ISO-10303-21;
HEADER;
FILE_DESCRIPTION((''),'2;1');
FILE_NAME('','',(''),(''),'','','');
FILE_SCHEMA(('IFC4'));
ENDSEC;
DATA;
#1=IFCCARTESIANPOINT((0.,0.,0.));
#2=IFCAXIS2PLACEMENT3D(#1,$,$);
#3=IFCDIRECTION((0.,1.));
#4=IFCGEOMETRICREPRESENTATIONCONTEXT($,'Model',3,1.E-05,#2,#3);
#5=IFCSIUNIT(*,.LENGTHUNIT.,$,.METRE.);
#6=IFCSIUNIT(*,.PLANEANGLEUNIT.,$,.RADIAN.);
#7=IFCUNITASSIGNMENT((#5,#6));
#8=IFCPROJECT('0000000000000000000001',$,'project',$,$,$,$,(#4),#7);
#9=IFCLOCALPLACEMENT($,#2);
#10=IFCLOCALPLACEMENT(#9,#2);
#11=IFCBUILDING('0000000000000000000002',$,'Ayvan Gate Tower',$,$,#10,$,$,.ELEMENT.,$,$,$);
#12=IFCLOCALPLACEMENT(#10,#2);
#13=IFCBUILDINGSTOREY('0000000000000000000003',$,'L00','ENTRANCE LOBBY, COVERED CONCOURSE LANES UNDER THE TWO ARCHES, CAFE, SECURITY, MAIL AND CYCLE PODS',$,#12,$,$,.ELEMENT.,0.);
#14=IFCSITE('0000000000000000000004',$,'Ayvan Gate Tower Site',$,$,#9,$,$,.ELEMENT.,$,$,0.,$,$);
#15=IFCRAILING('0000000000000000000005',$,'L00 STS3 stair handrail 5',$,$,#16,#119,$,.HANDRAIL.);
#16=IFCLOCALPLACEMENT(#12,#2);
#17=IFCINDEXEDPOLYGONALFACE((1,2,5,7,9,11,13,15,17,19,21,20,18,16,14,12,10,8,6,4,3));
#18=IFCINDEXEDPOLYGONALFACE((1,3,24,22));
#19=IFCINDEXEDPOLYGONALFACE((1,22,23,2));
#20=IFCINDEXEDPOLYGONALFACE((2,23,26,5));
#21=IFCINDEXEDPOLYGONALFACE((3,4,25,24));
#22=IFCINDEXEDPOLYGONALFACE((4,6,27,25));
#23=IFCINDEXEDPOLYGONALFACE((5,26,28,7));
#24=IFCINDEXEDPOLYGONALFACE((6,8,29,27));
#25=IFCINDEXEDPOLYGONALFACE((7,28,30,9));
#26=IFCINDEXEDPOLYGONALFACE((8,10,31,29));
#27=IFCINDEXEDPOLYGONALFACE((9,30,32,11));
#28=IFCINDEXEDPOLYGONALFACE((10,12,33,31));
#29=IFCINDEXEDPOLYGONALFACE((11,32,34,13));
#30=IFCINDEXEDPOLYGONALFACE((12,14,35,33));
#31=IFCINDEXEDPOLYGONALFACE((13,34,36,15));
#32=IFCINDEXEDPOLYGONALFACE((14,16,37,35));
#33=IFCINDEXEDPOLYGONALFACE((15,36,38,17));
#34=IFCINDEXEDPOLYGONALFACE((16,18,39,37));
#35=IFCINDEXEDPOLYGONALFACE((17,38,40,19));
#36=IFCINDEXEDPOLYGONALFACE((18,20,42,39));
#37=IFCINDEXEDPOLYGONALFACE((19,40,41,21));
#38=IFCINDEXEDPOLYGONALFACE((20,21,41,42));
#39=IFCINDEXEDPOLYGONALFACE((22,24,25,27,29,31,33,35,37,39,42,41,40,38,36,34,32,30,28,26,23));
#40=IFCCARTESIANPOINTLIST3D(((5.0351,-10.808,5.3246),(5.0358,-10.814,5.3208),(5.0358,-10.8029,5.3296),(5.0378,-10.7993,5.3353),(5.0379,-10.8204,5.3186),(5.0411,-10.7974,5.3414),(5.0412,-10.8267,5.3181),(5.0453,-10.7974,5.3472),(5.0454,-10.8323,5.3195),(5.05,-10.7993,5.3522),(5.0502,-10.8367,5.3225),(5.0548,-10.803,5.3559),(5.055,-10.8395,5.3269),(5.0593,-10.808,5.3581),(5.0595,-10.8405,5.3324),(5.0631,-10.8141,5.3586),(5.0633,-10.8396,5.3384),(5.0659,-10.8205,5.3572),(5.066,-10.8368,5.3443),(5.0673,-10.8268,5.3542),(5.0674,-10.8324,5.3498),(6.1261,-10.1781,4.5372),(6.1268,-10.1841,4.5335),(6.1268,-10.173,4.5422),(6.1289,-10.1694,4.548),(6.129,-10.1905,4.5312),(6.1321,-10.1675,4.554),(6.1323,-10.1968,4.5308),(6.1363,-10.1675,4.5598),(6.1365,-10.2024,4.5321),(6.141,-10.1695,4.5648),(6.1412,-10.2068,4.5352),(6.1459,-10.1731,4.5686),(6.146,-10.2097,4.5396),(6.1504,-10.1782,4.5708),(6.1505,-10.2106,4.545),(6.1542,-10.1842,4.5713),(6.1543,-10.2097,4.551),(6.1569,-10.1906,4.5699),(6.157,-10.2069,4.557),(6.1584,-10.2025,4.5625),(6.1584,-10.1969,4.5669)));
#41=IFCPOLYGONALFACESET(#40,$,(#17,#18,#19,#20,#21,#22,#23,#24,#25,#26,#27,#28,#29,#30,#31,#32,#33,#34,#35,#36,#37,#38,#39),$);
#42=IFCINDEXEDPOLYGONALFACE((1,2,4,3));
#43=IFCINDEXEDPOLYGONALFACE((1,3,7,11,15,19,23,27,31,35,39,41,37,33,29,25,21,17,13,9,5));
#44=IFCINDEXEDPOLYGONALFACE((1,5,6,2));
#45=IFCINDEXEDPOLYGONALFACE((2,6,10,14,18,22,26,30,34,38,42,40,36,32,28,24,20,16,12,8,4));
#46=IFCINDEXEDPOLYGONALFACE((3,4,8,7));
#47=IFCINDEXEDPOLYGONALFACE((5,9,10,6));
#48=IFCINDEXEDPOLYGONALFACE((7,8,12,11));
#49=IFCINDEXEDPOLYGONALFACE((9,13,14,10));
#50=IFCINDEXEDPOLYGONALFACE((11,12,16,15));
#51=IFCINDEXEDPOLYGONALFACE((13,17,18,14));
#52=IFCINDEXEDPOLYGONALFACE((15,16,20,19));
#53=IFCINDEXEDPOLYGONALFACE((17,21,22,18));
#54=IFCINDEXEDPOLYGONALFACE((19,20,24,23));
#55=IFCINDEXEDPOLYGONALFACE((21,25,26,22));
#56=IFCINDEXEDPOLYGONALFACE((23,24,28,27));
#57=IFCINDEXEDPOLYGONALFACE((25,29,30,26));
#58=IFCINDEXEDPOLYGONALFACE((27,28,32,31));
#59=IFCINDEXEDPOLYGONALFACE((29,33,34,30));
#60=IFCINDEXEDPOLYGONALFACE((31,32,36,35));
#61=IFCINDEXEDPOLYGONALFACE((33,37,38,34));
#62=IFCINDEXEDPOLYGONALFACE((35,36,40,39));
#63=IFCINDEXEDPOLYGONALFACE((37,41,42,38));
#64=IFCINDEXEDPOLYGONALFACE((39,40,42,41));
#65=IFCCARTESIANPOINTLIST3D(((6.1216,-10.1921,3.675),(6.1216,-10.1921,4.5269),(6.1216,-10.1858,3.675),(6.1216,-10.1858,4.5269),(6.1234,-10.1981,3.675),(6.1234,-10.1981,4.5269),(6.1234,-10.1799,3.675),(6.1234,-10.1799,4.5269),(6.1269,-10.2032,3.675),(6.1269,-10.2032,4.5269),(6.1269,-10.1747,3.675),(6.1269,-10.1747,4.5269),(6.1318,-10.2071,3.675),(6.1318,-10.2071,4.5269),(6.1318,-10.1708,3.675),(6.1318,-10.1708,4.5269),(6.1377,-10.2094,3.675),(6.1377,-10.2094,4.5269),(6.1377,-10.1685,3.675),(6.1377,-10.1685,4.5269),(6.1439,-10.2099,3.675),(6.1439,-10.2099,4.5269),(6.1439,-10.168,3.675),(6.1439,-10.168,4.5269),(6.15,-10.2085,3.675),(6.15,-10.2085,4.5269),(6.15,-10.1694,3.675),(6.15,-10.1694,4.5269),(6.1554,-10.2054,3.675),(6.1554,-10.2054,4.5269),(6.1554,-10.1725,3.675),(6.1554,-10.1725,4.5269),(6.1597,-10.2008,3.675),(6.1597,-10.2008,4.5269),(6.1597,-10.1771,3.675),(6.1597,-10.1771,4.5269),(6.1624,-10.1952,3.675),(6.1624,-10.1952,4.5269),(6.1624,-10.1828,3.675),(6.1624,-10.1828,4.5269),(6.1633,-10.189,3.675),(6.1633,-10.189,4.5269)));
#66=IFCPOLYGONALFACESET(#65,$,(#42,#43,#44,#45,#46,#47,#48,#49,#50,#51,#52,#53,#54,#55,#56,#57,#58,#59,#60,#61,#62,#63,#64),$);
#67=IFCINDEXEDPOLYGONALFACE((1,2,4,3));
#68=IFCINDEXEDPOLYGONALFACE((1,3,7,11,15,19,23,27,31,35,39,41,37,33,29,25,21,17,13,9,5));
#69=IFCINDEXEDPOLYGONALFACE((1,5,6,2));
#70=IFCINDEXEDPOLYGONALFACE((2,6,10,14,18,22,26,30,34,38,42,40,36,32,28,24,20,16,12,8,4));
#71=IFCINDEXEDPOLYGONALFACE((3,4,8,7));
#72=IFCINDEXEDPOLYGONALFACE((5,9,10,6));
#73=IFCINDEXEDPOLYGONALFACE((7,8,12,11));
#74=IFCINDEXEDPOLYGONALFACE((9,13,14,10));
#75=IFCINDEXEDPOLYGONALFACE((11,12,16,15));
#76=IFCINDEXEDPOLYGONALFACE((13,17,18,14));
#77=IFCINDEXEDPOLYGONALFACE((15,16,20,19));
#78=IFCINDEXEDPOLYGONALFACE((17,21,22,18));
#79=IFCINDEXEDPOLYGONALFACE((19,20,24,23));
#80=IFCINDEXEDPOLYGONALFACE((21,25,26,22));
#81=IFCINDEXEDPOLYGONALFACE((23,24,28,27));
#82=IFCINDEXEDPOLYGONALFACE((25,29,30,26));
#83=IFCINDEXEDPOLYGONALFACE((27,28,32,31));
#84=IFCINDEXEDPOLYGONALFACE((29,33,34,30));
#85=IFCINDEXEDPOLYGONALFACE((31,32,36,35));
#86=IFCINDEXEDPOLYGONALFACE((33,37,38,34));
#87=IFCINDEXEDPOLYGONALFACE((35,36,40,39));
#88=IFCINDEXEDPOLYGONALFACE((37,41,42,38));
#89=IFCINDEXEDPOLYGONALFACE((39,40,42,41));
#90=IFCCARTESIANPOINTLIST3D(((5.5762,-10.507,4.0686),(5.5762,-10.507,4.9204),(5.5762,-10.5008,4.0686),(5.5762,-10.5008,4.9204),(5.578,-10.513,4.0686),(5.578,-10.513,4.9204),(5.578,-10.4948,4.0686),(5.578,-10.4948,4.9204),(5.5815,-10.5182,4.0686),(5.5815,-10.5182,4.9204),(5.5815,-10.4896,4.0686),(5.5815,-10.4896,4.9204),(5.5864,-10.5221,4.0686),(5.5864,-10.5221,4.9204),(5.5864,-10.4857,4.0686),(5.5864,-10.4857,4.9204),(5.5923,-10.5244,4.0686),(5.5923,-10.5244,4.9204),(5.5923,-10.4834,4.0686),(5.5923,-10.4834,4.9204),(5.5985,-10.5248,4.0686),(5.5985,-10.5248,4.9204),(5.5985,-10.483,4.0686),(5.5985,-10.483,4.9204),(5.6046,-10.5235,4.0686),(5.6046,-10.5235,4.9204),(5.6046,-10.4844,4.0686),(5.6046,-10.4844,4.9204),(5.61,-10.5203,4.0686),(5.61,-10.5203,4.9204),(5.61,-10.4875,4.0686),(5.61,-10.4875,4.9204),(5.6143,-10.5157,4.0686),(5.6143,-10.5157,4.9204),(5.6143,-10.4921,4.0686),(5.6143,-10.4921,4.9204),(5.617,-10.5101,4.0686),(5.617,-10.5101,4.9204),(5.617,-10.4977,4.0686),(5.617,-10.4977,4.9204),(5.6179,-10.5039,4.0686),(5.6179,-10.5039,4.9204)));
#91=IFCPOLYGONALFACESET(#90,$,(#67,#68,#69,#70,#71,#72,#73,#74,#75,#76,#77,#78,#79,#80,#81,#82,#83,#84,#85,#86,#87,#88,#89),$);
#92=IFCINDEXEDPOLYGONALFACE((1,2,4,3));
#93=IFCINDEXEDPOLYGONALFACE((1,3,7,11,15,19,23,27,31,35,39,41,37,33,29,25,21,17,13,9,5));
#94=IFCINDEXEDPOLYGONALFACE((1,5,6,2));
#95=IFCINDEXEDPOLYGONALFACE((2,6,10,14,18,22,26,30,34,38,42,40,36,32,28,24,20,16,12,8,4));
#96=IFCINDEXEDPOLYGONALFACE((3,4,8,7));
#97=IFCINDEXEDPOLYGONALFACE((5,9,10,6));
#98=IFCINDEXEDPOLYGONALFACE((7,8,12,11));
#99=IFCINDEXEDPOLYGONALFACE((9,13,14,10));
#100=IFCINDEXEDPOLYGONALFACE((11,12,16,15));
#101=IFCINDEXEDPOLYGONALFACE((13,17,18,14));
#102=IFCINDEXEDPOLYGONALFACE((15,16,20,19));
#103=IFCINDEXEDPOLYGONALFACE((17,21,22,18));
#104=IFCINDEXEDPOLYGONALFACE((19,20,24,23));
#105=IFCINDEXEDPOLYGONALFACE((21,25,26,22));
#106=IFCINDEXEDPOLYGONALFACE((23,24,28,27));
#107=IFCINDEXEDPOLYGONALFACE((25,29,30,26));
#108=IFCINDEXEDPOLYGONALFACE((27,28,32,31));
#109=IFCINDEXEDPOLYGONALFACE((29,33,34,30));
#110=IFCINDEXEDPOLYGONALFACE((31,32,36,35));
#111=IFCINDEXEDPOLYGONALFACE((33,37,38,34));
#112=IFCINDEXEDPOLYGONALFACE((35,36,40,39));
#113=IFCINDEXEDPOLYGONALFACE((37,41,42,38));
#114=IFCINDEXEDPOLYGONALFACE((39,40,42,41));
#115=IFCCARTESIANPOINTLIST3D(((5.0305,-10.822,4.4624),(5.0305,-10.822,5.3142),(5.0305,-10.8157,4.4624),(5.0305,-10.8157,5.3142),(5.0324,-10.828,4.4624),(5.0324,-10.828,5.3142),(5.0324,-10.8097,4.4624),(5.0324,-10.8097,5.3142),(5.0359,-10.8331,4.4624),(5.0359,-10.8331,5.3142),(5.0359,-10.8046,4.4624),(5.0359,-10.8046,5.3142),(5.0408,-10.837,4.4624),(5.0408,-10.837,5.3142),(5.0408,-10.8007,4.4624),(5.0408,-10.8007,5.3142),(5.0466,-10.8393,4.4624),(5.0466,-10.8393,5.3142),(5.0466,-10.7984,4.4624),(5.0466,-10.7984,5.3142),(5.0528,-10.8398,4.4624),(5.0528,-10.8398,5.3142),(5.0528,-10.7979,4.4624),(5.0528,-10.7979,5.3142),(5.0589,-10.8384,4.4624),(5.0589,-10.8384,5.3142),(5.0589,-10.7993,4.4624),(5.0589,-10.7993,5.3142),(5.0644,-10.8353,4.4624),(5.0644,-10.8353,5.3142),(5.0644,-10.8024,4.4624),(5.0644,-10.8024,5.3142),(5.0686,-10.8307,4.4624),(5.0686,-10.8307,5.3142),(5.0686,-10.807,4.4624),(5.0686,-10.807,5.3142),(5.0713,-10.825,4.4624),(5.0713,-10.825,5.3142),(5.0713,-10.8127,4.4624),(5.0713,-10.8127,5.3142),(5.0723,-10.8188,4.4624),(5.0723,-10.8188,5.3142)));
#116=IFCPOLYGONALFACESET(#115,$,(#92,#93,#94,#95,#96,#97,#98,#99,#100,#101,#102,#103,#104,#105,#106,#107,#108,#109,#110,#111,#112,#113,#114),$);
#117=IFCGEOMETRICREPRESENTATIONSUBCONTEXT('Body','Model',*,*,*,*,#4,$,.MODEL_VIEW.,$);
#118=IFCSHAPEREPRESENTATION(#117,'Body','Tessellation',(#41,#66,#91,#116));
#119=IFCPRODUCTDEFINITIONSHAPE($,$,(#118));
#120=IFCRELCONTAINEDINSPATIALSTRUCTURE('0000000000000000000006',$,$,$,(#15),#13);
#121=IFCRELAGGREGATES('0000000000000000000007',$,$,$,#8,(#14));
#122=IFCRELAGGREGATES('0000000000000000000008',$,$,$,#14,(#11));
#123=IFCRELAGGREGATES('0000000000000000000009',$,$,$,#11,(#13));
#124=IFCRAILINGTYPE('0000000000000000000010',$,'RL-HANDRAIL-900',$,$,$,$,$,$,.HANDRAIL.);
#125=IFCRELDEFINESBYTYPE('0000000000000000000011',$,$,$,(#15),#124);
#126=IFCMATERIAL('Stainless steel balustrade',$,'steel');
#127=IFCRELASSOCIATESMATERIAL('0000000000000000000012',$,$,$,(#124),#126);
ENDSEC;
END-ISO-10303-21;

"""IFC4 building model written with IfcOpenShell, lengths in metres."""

from ifc_helpers import new_model, si_unit, direction, frame, origin, origin_2d, place, context, subcontext, project, spatial, circle, extrude, material, type_object, element, save


model = new_model("IFC4")

# Units and contexts
model_context = context("Model", 3, precision=1e-05, world=origin(), true_north=direction((0.0, 1.0)))
body_context = subcontext(model_context, "Body", "Model", "MODEL_VIEW")
ifc_project = project(units=[si_unit("LENGTHUNIT", "METRE"), si_unit("PLANEANGLEUNIT", "RADIAN")], contexts=[model_context])

# Site, building, storey
site_placement = place(None, origin())
site = spatial("IfcSite", under=ifc_project, at=site_placement, Name="Ayvan Gate Tower Site", CompositionType="ELEMENT", RefElevation=0.0)
building_placement = place(site_placement, origin())
building = spatial("IfcBuilding", under=site, at=building_placement, Name="Ayvan Gate Tower", CompositionType="ELEMENT")
storey_placement = place(building_placement, origin())
storey = spatial("IfcBuildingStorey", under=building, at=storey_placement, Name="L00", Description="ENTRANCE LOBBY, COVERED CONCOURSE LANES UNDER THE TWO ARCHES, CAFE, SECURITY, MAIL AND CYCLE PODS", CompositionType="ELEMENT", Elevation=0.0)

# Railing
ifc_material_1 = material(Name="Stainless steel balustrade", Category="steel")
railing_type_1 = type_object("IfcRailingType", Name="RL-HANDRAIL-900", PredefinedType="HANDRAIL", material=ifc_material_1)
railing_1_placement = place(storey_placement, frame((6.1423, -10.189, 3.675)))
element("IfcRailing", 1, at=railing_1_placement, inside=storey, type_object=railing_type_1, Name="L00 STS3 stair handrail 5", PredefinedType="HANDRAIL", context=body_context, shape_type="SweptSolid", body=[
    extrude(circle(Radius=0.0239, at=origin_2d()), frame((0.0, 0.0, 0.876), z_axis=(-0.734411, -0.423983, 0.529979), x_axis=(0.499974, -0.86604, 0.0)), (0.0, 0.0, 1.0), 1.4856),
    extrude(circle(Radius=0.021, at=origin_2d()), origin(), (0.0, 0.0, 1.0), 0.8518),
    extrude(circle(Radius=0.021, at=origin_2d()), frame((-0.5454, -0.3149, 0.3936)), (0.0, 0.0, 1.0), 0.8518),
    extrude(circle(Radius=0.021, at=origin_2d()), frame((-1.0911, -0.6299, 0.7874)), (0.0, 0.0, 1.0), 0.8518),
])

save(model, "model.ifc")
